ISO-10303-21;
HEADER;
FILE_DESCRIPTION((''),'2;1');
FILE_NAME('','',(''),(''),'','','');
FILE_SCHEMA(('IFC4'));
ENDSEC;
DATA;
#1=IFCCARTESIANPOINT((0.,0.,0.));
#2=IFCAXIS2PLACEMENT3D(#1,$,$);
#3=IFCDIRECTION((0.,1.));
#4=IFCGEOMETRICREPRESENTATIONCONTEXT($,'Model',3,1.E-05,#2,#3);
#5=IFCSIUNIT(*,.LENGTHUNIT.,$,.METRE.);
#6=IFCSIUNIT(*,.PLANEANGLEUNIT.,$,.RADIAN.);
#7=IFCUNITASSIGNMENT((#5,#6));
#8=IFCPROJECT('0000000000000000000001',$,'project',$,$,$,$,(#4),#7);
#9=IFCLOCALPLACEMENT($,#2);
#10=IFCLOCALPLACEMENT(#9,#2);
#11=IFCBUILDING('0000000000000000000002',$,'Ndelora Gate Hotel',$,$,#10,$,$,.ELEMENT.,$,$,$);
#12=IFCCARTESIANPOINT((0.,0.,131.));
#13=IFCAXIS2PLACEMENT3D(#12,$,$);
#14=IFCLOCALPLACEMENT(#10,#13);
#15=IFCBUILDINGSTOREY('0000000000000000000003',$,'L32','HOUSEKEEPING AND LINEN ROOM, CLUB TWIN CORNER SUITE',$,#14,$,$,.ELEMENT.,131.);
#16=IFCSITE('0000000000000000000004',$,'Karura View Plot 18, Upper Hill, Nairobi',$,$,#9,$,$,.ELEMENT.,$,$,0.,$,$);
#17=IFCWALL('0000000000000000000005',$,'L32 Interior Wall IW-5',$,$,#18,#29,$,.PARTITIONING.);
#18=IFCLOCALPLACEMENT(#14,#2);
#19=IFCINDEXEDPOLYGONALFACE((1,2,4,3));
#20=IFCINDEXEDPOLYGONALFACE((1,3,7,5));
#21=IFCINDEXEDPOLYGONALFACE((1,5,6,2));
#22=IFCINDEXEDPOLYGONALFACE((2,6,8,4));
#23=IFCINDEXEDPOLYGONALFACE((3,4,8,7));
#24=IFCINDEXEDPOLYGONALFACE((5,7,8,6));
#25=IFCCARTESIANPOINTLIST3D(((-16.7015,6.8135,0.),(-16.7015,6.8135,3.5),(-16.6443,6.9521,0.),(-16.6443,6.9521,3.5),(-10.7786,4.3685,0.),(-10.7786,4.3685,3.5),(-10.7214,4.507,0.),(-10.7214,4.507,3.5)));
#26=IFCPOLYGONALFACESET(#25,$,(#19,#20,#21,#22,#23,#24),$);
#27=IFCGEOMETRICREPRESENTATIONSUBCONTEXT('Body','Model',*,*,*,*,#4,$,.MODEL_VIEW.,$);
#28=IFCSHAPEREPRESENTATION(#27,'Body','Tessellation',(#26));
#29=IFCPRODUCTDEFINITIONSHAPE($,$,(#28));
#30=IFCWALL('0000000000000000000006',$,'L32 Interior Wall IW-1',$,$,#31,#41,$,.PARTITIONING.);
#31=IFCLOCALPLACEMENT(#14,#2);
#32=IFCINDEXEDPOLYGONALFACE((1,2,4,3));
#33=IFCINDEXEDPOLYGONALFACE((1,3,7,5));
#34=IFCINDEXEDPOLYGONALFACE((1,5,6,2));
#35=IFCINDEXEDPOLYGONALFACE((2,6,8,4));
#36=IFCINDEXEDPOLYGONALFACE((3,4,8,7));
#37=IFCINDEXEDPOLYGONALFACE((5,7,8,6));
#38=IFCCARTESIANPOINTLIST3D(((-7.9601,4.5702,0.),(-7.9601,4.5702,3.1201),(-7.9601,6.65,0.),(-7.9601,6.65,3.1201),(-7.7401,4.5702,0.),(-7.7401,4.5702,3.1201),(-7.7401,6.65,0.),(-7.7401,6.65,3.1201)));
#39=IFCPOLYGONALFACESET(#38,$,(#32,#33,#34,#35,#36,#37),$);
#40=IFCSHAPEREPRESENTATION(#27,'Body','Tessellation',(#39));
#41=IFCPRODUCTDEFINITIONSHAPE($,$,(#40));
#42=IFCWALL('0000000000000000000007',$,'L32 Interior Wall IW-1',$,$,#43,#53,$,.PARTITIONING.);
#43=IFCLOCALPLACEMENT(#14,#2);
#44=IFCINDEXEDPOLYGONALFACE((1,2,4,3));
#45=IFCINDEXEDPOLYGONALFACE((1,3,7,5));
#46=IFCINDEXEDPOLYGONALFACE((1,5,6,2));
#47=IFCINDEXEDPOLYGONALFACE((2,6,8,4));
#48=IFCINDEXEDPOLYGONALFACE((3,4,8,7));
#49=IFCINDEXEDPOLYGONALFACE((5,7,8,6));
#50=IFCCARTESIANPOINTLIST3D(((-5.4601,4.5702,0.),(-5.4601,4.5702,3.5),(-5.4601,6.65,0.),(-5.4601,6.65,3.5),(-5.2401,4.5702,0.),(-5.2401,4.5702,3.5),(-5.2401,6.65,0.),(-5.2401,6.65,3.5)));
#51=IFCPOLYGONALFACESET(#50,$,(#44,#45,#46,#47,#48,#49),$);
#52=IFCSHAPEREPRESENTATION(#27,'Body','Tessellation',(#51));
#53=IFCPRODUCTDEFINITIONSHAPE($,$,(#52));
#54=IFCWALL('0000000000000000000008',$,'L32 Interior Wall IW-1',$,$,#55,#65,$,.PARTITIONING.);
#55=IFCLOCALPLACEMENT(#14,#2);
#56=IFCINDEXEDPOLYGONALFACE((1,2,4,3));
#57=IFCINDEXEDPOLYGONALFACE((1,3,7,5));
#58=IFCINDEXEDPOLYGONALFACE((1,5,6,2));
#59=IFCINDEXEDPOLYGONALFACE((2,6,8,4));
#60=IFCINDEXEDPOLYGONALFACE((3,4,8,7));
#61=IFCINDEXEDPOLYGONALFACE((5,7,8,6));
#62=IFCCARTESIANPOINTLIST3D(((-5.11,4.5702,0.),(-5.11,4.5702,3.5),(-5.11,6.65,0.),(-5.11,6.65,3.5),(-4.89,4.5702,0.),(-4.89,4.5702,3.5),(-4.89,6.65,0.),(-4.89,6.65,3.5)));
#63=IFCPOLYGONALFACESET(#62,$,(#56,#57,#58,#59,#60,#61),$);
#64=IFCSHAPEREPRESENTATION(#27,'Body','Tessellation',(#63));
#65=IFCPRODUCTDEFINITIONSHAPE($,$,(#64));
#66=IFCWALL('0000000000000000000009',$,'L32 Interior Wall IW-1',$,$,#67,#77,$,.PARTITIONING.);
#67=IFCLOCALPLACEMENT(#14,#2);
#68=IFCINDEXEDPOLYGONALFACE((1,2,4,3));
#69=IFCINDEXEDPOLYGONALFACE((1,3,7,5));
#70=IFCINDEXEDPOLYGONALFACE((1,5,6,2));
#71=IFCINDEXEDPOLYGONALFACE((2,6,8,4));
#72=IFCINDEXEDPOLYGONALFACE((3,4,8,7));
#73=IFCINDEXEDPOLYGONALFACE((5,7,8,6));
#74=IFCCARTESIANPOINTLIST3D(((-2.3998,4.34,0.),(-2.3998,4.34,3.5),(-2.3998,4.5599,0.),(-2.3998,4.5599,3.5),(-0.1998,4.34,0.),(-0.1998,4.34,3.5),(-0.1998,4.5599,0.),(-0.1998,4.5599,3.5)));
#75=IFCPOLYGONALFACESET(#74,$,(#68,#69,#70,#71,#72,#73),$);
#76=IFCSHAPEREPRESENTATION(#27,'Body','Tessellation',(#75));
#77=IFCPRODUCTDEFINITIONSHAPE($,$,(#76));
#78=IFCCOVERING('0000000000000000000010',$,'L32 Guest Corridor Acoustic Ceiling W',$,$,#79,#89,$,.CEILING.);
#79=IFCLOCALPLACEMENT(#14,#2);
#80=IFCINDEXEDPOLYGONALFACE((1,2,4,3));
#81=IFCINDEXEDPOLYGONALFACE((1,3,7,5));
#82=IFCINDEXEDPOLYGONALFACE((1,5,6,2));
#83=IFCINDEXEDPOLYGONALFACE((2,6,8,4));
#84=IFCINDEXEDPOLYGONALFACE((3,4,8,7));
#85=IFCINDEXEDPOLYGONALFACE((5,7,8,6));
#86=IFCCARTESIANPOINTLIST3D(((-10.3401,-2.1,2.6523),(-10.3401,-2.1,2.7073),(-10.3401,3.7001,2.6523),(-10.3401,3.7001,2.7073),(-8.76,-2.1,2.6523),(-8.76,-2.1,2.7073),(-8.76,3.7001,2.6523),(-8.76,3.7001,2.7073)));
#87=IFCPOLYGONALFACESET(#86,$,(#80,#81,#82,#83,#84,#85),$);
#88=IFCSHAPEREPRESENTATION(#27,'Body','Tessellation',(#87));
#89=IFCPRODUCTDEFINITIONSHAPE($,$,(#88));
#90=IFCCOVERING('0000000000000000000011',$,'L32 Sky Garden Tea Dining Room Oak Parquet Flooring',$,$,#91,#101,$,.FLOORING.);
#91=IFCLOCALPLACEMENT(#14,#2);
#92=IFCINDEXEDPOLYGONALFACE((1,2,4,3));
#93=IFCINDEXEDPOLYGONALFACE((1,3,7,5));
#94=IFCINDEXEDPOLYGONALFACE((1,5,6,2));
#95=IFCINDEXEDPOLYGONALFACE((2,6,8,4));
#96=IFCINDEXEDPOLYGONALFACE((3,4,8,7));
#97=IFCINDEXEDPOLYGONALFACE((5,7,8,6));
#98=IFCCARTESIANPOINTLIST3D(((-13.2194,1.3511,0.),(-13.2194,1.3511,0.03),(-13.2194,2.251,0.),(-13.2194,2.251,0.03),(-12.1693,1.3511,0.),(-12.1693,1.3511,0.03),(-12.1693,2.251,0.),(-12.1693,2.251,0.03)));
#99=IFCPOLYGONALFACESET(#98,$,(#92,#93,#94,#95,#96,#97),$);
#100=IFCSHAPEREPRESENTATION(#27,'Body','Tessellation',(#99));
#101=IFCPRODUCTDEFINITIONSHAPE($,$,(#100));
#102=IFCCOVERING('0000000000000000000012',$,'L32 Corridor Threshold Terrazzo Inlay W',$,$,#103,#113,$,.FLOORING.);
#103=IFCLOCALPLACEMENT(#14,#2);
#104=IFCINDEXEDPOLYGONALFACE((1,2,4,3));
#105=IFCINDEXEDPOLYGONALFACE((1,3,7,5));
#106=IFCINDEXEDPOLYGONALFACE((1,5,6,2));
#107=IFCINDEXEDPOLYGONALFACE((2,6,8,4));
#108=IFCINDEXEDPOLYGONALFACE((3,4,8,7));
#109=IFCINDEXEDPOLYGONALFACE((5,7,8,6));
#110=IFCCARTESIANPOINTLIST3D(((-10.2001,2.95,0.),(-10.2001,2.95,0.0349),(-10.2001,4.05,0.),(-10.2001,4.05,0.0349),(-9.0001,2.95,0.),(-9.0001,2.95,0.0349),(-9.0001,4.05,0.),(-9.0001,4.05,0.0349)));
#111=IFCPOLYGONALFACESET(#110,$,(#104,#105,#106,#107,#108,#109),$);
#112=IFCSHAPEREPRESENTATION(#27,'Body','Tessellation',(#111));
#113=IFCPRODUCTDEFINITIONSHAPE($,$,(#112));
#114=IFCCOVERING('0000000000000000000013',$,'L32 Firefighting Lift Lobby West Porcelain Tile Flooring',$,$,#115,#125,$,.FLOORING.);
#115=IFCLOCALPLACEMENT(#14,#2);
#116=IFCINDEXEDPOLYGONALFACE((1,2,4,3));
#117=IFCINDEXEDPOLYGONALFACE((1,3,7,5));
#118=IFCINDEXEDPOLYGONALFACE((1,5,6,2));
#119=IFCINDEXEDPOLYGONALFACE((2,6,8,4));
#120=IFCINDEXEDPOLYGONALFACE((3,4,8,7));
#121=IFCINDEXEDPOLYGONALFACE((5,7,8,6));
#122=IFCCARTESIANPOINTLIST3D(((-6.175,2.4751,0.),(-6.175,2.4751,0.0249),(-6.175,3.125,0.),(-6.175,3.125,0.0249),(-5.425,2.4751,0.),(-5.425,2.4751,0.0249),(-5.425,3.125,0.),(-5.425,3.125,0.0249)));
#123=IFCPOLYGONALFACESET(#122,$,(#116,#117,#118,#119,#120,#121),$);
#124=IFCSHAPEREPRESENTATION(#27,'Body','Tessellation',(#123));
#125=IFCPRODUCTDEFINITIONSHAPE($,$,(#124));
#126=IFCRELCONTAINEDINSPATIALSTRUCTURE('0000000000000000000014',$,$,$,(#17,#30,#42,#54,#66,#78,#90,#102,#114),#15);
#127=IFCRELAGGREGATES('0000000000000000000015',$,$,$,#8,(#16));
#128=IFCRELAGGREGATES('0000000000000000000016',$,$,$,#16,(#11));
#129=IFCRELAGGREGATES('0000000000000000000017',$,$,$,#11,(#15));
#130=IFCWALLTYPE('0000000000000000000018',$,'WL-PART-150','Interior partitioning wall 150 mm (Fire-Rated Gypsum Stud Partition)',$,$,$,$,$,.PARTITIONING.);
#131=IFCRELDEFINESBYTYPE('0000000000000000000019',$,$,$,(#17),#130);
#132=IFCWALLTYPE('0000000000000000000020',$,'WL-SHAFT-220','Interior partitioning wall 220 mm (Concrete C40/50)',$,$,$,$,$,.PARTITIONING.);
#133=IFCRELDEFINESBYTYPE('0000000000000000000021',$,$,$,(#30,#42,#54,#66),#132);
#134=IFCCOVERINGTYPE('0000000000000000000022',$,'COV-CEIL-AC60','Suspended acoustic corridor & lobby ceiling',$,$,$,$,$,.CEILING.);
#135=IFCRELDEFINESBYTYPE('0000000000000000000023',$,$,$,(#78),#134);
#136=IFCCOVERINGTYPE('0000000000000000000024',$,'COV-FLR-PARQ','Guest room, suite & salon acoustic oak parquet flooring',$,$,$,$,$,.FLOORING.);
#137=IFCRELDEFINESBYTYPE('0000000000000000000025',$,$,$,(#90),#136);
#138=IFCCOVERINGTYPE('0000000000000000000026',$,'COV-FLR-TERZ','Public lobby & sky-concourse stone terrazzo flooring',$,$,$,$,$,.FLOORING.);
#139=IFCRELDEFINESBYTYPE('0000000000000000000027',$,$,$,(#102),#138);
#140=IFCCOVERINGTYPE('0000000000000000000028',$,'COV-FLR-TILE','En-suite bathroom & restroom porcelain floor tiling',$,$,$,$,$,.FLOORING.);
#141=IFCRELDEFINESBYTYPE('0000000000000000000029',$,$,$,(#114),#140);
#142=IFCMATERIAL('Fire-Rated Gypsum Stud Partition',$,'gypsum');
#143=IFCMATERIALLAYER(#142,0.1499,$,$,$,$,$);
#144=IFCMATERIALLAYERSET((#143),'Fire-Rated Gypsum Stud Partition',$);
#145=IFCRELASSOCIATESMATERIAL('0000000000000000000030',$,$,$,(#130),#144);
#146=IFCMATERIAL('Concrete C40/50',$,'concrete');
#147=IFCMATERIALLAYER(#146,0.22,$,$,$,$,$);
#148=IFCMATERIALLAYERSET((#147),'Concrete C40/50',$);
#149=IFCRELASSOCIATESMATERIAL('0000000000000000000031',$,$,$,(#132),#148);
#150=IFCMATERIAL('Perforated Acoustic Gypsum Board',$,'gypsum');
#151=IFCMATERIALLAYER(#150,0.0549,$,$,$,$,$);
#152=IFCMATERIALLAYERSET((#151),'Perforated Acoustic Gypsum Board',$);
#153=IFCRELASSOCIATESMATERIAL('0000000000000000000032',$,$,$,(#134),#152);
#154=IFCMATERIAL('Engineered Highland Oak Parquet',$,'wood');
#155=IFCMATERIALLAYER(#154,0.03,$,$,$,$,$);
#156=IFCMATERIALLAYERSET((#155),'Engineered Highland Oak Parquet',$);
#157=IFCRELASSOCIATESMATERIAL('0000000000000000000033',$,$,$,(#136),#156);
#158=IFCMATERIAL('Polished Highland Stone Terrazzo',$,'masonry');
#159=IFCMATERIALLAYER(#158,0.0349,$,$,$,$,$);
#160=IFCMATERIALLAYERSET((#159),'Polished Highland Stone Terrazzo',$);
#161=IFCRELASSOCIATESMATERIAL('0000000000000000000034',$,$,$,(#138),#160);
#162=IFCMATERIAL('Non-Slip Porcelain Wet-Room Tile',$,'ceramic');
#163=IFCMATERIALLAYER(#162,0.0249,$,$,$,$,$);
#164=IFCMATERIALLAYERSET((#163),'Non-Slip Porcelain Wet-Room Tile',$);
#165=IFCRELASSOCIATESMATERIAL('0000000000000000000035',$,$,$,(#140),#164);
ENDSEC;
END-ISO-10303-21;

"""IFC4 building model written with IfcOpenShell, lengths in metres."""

from ifc_helpers import new_model, si_unit, direction, frame, frame_2d, origin, origin_2d, place, context, subcontext, project, spatial, rectangle, extrude, material, layer, layer_set, type_object, element, save


model = new_model("IFC4")

# Units and contexts
model_context = context("Model", 3, precision=1e-05, world=origin(), true_north=direction((0.0, 1.0)))
body_context = subcontext(model_context, "Body", "Model", "MODEL_VIEW")
ifc_project = project(units=[si_unit("LENGTHUNIT", "METRE"), si_unit("PLANEANGLEUNIT", "RADIAN")], contexts=[model_context])

# Site, building, storey
site_placement = place(None, origin())
site = spatial("IfcSite", under=ifc_project, at=site_placement, Name="Karura View Plot 18, Upper Hill, Nairobi", CompositionType="ELEMENT", RefElevation=0.0)
building_placement = place(site_placement, origin())
building = spatial("IfcBuilding", under=site, at=building_placement, Name="Ndelora Gate Hotel", CompositionType="ELEMENT")
storey_placement = place(building_placement, frame((0.0, 0.0, 131.0)))
storey = spatial("IfcBuildingStorey", under=building, at=storey_placement, Name="L32", Description="HOUSEKEEPING AND LINEN ROOM, CLUB TWIN CORNER SUITE", CompositionType="ELEMENT", Elevation=131.0)

# Shared definitions
ifc_material_1 = material(Name="Concrete C40/50", Category="concrete")

# Wall
ifc_material_2 = material(Name="Fire-Rated Gypsum Stud Partition", Category="gypsum")
ifc_layer_1 = layer(ifc_material_2, 0.1499)
ifc_layer_set_1 = layer_set([ifc_layer_1], Name="Fire-Rated Gypsum Stud Partition")
wall_type_1 = type_object("IfcWallType", Name="WL-PART-150", Description="Interior partitioning wall 150 mm (Fire-Rated Gypsum Stud Partition)", PredefinedType="PARTITIONING", material=ifc_layer_set_1)
wall_1_placement = place(storey_placement, frame((-10.75, 4.4377, 0.0), z_axis=(0.0, 0.0, 1.0), x_axis=(-0.924334, 0.381583, 0.0)))
element("IfcWall", 1, at=wall_1_placement, inside=storey, type_object=wall_type_1, Name="L32 Interior Wall IW-5", PredefinedType="PARTITIONING", context=body_context, shape_type="SweptSolid", body=[
    extrude(rectangle(XDim=6.4077, YDim=0.1499, at=frame_2d((3.2039, 0.0))), origin(), (0.0, 0.0, 1.0), 3.5),
])

# Shared definitions
ifc_layer_2 = layer(ifc_material_1, 0.22)
ifc_layer_set_2 = layer_set([ifc_layer_2], Name="Concrete C40/50")
wall_type_2 = type_object("IfcWallType", Name="WL-SHAFT-220", Description="Interior partitioning wall 220 mm (Concrete C40/50)", PredefinedType="PARTITIONING", material=ifc_layer_set_2)

# Walls
wall_2_placement = place(storey_placement, frame((-7.8501, 4.5701, 0.0), z_axis=(0.0, 0.0, 1.0), x_axis=(0.0, 1.0, 0.0)))
element("IfcWall", 2, at=wall_2_placement, inside=storey, type_object=wall_type_2, Name="L32 Interior Wall IW-1", PredefinedType="PARTITIONING", context=body_context, shape_type="SweptSolid", body=[
    extrude(rectangle(XDim=2.0798, YDim=0.22, at=frame_2d((1.04, 0.0))), origin(), (0.0, 0.0, 1.0), 3.1201),
])
wall_3_placement = place(storey_placement, frame((-5.3501, 4.5701, 0.0), z_axis=(0.0, 0.0, 1.0), x_axis=(0.0, 1.0, 0.0)))
element("IfcWall", 3, at=wall_3_placement, inside=storey, type_object=wall_type_2, Name="L32 Interior Wall IW-1", PredefinedType="PARTITIONING", context=body_context, shape_type="SweptSolid", body=[
    extrude(rectangle(XDim=2.0798, YDim=0.22, at=frame_2d((1.04, 0.0))), origin(), (0.0, 0.0, 1.0), 3.5),
])

# Walls
wall_4_placement = place(storey_placement, frame((-5.0, 4.5701, 0.0), z_axis=(0.0, 0.0, 1.0), x_axis=(0.0, 1.0, 0.0)))
element("IfcWall", 4, at=wall_4_placement, inside=storey, type_object=wall_type_2, Name="L32 Interior Wall IW-1", PredefinedType="PARTITIONING", context=body_context, shape_type="SweptSolid", body=[
    extrude(rectangle(XDim=2.0798, YDim=0.22, at=frame_2d((1.04, 0.0))), origin(), (0.0, 0.0, 1.0), 3.5),
])
wall_5_placement = place(storey_placement, frame((-2.3999, 4.45, 0.0), z_axis=(0.0, 0.0, 1.0), x_axis=(1.0, 0.0, 0.0)))
element("IfcWall", 5, at=wall_5_placement, inside=storey, type_object=wall_type_2, Name="L32 Interior Wall IW-1", PredefinedType="PARTITIONING", context=body_context, shape_type="SweptSolid", body=[
    extrude(rectangle(XDim=2.2, YDim=0.22, at=frame_2d((1.1001, 0.0))), origin(), (0.0, 0.0, 1.0), 3.5),
])

# Coverings
ifc_material_3 = material(Name="Perforated Acoustic Gypsum Board", Category="gypsum")
ifc_layer_3 = layer(ifc_material_3, 0.0549)
ifc_layer_set_3 = layer_set([ifc_layer_3], Name="Perforated Acoustic Gypsum Board")
covering_type_1 = type_object("IfcCoveringType", Name="COV-CEIL-AC60", Description="Suspended acoustic corridor & lobby ceiling", PredefinedType="CEILING", material=ifc_layer_set_3)
covering_1_placement = place(storey_placement, frame((-9.55, 0.8, 2.6523), z_axis=(0.0, 0.0, 1.0), x_axis=(1.0, 0.0, 0.0)))
element("IfcCovering", 6, at=covering_1_placement, inside=storey, type_object=covering_type_1, Name="L32 Guest Corridor Acoustic Ceiling W", PredefinedType="CEILING", context=body_context, shape_type="SweptSolid", body=[
    extrude(rectangle(XDim=1.5801, YDim=5.8, at=origin_2d()), origin(), (0.0, 0.0, 1.0), 0.0549),
])
ifc_material_4 = material(Name="Engineered Highland Oak Parquet", Category="wood")
ifc_layer_4 = layer(ifc_material_4, 0.03)
ifc_layer_set_4 = layer_set([ifc_layer_4], Name="Engineered Highland Oak Parquet")
covering_type_2 = type_object("IfcCoveringType", Name="COV-FLR-PARQ", Description="Guest room, suite & salon acoustic oak parquet flooring", PredefinedType="FLOORING", material=ifc_layer_set_4)
covering_2_placement = place(storey_placement, frame((-12.6943, 1.801, 0.0), z_axis=(0.0, 0.0, 1.0), x_axis=(1.0, 0.0, 0.0)))
element("IfcCovering", 7, at=covering_2_placement, inside=storey, type_object=covering_type_2, Name="L32 Sky Garden Tea Dining Room Oak Parquet Flooring", PredefinedType="FLOORING", context=body_context, shape_type="SweptSolid", body=[
    extrude(rectangle(XDim=1.05, YDim=0.8999, at=origin_2d()), origin(), (0.0, 0.0, 1.0), 0.03),
])
ifc_material_5 = material(Name="Polished Highland Stone Terrazzo", Category="masonry")
ifc_layer_5 = layer(ifc_material_5, 0.0349)
ifc_layer_set_5 = layer_set([ifc_layer_5], Name="Polished Highland Stone Terrazzo")
covering_type_3 = type_object("IfcCoveringType", Name="COV-FLR-TERZ", Description="Public lobby & sky-concourse stone terrazzo flooring", PredefinedType="FLOORING", material=ifc_layer_set_5)
covering_3_placement = place(storey_placement, frame((-9.6001, 3.5, 0.0), z_axis=(0.0, 0.0, 1.0), x_axis=(1.0, 0.0, 0.0)))
element("IfcCovering", 8, at=covering_3_placement, inside=storey, type_object=covering_type_3, Name="L32 Corridor Threshold Terrazzo Inlay W", PredefinedType="FLOORING", context=body_context, shape_type="SweptSolid", body=[
    extrude(rectangle(XDim=1.2, YDim=1.1001, at=origin_2d()), origin(), (0.0, 0.0, 1.0), 0.0349),
])
ifc_material_6 = material(Name="Non-Slip Porcelain Wet-Room Tile", Category="ceramic")
ifc_layer_6 = layer(ifc_material_6, 0.0249)
ifc_layer_set_6 = layer_set([ifc_layer_6], Name="Non-Slip Porcelain Wet-Room Tile")
covering_type_4 = type_object("IfcCoveringType", Name="COV-FLR-TILE", Description="En-suite bathroom & restroom porcelain floor tiling", PredefinedType="FLOORING", material=ifc_layer_set_6)
covering_4_placement = place(storey_placement, frame((-5.8, 2.8, 0.0), z_axis=(0.0, 0.0, 1.0), x_axis=(1.0, 0.0, 0.0)))
element("IfcCovering", 9, at=covering_4_placement, inside=storey, type_object=covering_type_4, Name="L32 Firefighting Lift Lobby West Porcelain Tile Flooring", PredefinedType="FLOORING", context=body_context, shape_type="SweptSolid", body=[
    extrude(rectangle(XDim=0.75, YDim=0.6499, at=origin_2d()), origin(), (0.0, 0.0, 1.0), 0.0249),
])

save(model, "model.ifc")
